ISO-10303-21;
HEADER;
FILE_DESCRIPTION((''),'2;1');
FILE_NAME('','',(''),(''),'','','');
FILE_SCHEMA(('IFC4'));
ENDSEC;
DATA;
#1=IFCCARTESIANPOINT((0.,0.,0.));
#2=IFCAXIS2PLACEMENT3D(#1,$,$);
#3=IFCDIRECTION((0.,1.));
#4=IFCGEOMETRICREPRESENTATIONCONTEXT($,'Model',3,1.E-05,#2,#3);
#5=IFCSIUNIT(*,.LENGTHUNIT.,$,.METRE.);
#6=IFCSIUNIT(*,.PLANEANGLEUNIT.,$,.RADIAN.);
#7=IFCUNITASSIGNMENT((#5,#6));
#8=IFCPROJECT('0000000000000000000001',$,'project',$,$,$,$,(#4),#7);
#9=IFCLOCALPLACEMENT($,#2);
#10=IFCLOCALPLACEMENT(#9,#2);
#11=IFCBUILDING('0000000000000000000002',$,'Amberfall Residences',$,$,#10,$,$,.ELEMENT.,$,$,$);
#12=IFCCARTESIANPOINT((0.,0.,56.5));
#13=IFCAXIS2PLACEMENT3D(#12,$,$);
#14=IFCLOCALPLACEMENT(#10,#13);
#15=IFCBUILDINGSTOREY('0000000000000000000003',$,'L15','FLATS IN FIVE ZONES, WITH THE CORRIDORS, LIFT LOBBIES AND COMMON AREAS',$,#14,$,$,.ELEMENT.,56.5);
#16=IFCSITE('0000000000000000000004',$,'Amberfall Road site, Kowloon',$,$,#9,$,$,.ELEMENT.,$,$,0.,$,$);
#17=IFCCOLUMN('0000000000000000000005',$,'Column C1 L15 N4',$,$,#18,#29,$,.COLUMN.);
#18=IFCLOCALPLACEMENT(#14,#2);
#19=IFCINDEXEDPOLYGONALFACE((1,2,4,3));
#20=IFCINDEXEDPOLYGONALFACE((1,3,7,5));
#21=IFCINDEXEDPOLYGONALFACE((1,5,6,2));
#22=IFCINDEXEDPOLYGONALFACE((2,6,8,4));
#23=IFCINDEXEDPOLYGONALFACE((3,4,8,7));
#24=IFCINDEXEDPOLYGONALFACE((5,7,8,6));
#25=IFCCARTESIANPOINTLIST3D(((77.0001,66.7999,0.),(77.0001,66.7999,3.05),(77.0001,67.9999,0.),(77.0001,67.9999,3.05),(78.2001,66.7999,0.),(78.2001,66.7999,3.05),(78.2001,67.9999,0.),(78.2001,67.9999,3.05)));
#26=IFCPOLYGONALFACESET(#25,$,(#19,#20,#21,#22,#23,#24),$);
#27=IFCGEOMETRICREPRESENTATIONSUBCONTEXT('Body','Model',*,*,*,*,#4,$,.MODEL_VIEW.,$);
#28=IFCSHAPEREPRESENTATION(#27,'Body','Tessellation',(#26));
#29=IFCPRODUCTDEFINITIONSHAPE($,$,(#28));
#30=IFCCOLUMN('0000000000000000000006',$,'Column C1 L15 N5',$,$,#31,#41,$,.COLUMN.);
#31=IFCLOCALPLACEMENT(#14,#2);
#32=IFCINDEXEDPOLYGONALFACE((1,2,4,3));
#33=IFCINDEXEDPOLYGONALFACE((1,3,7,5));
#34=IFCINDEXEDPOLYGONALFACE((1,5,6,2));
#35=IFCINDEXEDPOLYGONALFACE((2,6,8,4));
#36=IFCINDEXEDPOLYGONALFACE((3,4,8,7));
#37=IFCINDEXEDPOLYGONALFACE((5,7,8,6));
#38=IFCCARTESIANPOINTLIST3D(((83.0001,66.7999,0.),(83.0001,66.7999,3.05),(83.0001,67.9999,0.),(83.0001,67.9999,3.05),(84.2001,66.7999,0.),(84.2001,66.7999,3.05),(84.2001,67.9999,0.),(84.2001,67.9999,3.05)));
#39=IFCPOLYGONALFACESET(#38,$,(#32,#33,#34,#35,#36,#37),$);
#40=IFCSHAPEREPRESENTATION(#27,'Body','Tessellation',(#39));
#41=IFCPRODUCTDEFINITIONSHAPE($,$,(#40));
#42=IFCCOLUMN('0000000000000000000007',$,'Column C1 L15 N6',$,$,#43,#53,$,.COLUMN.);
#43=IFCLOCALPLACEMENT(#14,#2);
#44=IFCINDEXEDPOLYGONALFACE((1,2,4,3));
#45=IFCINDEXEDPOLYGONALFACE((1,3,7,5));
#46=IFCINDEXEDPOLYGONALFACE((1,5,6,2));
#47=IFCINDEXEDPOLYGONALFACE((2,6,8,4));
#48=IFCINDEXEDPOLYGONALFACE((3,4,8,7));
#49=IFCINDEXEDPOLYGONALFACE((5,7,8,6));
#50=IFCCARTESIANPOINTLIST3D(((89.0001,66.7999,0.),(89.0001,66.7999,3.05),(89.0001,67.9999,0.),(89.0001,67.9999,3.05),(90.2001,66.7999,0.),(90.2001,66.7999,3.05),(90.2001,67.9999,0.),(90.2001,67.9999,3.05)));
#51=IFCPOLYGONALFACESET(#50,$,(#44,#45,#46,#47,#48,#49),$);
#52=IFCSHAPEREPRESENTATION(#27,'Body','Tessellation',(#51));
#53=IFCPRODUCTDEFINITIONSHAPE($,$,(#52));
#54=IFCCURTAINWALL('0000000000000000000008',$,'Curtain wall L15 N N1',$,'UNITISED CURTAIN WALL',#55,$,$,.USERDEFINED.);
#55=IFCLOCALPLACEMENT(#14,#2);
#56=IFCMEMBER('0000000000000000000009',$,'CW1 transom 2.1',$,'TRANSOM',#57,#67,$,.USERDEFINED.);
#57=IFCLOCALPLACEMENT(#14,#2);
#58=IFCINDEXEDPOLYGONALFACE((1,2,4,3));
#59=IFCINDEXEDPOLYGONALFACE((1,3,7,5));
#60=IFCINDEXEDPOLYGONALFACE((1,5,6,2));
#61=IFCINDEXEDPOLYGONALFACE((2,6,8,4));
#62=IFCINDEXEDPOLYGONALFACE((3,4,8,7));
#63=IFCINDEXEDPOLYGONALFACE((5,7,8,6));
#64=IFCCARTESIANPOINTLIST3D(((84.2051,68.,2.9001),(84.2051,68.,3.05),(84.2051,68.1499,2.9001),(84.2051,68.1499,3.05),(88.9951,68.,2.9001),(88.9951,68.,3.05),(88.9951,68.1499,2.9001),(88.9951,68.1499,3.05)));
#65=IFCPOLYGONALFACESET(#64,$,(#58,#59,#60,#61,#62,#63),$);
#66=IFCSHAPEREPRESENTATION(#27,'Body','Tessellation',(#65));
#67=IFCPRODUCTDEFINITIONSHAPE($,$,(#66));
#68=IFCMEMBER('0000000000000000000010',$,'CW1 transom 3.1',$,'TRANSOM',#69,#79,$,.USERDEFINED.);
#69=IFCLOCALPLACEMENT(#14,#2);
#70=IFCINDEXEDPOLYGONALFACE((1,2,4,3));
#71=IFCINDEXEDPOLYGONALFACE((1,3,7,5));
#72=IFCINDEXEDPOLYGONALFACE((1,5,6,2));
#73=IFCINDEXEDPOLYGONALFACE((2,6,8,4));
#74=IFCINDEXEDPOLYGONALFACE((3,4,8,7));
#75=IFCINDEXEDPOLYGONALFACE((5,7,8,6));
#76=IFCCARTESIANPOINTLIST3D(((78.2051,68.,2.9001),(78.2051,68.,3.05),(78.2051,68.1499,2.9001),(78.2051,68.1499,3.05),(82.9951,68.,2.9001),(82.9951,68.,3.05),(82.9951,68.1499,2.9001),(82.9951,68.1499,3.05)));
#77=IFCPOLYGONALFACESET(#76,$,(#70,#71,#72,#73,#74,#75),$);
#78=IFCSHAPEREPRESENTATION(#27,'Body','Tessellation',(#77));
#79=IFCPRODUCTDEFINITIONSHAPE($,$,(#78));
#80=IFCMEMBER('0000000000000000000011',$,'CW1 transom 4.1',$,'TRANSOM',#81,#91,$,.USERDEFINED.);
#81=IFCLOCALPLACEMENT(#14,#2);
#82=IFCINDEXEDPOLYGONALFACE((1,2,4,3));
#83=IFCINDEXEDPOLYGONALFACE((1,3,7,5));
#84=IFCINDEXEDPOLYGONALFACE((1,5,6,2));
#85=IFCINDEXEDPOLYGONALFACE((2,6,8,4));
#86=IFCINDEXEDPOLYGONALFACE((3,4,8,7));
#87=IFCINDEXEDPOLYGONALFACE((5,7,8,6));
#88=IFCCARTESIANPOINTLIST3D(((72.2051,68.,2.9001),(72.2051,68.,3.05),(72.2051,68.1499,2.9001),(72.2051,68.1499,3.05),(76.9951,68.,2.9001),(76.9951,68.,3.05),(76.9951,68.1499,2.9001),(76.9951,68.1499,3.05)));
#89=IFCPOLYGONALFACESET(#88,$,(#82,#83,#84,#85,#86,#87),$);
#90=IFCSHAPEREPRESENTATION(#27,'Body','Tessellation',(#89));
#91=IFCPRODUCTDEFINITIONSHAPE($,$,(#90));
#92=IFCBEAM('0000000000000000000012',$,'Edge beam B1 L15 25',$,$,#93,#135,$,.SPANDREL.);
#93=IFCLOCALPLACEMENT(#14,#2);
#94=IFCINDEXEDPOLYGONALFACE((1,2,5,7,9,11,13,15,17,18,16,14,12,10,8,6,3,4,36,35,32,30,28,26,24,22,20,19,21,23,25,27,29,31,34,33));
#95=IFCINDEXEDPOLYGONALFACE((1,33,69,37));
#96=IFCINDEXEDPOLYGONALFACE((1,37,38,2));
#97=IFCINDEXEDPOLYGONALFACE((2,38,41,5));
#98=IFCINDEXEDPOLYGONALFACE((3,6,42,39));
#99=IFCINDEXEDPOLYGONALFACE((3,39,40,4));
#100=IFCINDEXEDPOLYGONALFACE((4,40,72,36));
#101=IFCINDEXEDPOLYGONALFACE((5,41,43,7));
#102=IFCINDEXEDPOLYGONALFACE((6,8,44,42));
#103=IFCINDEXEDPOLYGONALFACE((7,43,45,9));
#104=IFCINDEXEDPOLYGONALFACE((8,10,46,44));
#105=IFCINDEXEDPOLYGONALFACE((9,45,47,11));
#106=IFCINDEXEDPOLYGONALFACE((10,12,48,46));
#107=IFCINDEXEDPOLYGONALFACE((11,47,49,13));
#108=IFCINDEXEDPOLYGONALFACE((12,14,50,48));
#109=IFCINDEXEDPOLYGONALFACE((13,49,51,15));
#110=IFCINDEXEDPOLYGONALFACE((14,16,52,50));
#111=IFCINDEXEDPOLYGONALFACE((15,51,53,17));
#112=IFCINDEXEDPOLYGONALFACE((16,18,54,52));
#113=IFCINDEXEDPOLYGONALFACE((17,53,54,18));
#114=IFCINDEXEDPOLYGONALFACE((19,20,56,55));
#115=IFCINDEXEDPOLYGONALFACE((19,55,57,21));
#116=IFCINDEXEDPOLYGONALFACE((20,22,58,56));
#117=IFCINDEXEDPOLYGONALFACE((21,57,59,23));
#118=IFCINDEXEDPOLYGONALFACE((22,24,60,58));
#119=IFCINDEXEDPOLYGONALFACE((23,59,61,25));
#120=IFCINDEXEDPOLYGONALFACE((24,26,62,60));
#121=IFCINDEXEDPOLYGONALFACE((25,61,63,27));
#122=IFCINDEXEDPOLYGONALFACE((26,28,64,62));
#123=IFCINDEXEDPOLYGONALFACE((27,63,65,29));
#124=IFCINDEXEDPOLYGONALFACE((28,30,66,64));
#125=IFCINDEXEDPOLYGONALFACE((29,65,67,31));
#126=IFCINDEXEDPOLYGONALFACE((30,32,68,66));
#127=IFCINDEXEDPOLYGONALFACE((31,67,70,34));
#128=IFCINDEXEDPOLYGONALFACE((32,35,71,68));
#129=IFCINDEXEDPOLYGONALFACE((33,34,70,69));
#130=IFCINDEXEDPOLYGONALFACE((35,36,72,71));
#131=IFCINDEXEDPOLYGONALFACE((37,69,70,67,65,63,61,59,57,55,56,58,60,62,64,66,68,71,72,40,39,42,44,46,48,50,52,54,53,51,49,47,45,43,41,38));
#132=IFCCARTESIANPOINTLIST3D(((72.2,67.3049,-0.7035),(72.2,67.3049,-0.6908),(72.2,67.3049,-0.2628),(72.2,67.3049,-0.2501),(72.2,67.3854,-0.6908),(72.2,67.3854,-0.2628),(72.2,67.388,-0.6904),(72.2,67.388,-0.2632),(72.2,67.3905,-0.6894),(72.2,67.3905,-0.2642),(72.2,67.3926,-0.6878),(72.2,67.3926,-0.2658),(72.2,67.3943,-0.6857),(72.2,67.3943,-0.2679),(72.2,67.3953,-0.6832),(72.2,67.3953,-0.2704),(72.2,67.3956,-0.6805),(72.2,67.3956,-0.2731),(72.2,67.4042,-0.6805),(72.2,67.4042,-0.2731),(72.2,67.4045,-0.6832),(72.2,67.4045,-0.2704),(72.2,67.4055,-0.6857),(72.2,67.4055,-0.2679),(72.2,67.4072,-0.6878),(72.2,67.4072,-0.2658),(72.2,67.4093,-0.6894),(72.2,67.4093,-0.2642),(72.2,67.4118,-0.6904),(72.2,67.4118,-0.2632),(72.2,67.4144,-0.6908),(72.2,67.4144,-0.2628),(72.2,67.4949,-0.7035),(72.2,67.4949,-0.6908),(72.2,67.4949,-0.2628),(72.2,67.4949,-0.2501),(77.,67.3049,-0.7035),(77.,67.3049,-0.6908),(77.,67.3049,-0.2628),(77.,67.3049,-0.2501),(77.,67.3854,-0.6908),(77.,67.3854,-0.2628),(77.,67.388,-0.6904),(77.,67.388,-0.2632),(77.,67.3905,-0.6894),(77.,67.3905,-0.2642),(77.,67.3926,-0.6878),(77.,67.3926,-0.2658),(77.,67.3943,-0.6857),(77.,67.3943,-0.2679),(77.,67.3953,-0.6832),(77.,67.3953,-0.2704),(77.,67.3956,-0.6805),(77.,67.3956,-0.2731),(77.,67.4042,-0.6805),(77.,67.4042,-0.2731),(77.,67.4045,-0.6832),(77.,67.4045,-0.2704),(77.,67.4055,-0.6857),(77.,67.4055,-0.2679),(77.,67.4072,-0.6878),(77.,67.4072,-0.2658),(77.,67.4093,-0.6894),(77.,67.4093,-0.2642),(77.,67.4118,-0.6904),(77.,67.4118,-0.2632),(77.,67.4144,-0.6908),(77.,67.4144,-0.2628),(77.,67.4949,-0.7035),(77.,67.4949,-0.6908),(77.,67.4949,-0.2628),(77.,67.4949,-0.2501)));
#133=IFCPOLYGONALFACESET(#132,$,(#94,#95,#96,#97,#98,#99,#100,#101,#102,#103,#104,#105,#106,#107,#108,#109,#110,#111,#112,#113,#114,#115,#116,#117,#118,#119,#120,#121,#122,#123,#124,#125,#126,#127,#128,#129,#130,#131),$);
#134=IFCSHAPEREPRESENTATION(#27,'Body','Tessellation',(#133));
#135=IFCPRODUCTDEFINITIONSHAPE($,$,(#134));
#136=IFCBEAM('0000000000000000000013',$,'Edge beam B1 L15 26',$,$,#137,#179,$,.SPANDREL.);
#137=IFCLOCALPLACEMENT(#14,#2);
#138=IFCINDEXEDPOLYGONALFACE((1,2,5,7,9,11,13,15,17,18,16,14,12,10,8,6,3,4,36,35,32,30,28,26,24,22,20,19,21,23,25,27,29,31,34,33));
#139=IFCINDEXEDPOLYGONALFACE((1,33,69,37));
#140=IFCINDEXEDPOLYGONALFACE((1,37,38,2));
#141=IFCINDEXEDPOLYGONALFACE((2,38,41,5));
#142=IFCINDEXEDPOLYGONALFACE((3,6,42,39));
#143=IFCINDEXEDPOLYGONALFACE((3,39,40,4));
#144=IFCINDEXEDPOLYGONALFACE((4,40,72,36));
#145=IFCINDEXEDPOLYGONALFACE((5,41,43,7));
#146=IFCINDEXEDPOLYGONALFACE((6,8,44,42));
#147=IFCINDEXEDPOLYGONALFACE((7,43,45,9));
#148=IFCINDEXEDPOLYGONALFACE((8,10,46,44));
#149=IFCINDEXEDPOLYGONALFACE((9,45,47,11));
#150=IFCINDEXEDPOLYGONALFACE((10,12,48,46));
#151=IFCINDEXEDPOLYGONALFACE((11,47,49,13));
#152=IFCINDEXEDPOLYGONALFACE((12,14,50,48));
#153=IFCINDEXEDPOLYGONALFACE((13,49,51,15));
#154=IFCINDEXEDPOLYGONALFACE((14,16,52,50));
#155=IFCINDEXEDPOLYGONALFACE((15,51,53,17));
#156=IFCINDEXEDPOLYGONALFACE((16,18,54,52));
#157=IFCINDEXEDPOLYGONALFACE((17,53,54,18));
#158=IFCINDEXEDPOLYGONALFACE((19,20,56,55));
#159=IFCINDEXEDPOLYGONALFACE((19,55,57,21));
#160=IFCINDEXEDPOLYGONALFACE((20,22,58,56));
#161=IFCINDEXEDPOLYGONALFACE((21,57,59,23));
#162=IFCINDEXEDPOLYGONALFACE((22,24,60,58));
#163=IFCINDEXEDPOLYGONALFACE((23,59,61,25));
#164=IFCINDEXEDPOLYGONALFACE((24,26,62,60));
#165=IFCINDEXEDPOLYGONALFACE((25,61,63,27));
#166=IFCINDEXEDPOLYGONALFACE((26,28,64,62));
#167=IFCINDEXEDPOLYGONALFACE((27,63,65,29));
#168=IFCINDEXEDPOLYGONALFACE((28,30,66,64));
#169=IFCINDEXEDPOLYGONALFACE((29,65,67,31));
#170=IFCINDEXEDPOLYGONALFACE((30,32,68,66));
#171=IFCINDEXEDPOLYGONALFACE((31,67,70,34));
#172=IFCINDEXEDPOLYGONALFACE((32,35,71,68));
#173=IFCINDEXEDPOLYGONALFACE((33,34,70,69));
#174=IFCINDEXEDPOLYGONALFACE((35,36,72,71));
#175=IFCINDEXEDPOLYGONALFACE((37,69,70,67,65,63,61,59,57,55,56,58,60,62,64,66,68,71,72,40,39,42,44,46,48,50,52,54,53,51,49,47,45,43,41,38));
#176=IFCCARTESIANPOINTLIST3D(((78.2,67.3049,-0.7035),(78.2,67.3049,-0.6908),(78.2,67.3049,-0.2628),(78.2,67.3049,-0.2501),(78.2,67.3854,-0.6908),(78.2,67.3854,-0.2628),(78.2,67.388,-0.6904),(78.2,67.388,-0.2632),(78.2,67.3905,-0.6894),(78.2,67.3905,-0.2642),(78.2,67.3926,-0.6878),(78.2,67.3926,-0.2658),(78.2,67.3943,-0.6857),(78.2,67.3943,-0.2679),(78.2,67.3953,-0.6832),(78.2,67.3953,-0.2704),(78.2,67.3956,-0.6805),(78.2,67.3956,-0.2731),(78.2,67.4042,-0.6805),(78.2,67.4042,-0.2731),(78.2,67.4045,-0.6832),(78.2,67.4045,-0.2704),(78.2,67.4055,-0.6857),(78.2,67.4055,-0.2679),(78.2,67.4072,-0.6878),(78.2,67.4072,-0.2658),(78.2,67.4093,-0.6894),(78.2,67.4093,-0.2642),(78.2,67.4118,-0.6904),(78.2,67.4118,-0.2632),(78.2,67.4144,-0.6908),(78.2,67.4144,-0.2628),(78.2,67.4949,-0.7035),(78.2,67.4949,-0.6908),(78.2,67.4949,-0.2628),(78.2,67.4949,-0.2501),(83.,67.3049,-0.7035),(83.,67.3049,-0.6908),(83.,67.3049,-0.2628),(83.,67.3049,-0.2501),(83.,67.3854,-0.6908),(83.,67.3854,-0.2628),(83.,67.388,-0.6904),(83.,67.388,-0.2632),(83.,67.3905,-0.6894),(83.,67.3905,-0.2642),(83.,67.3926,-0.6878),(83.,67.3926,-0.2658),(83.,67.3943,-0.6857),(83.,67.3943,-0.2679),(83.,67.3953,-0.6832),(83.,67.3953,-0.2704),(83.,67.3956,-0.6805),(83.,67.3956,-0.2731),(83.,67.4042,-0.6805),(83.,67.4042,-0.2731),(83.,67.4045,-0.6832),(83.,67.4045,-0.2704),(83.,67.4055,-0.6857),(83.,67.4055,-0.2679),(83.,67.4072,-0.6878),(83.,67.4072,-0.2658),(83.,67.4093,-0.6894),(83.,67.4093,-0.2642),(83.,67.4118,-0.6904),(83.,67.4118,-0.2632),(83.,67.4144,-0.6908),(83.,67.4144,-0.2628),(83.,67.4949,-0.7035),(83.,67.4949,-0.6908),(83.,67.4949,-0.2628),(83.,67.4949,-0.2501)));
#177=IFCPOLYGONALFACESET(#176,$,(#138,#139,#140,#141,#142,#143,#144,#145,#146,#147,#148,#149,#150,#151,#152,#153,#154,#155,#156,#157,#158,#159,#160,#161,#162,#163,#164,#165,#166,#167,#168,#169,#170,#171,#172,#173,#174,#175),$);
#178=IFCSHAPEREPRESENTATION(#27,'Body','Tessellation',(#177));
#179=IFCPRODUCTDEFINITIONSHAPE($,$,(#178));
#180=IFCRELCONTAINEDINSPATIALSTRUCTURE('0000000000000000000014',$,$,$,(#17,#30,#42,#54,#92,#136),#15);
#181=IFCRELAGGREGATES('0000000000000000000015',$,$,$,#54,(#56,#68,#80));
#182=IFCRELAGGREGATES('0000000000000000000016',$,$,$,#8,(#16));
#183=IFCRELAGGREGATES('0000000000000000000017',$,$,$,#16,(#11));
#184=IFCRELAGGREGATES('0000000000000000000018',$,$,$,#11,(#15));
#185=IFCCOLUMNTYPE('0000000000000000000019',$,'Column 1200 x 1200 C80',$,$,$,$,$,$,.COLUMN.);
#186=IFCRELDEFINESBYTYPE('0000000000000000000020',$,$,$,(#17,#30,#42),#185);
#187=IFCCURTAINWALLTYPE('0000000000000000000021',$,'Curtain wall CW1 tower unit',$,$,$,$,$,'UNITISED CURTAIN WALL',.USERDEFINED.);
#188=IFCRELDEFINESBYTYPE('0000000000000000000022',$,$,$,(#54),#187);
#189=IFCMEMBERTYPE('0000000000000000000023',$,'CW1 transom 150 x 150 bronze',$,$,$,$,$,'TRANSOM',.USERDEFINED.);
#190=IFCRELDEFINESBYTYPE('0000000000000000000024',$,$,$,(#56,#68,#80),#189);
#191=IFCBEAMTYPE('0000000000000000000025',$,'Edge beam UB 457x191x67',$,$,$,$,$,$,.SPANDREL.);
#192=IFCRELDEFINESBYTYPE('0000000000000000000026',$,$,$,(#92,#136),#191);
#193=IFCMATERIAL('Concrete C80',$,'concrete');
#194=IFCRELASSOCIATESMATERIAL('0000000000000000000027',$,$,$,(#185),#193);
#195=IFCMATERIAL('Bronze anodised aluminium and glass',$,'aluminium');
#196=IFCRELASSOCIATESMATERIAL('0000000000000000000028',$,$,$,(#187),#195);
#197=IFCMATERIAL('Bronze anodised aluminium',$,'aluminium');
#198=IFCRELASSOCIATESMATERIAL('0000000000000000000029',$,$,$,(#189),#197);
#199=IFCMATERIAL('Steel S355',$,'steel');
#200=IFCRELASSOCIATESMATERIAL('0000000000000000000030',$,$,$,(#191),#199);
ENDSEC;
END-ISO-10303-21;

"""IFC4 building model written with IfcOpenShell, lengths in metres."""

from ifc_helpers import new_model, si_unit, direction, frame, origin, origin_2d, place, context, subcontext, project, spatial, rectangle, i_section, extrude, material, material_profile, profile_set, type_object, element, aggregate, save


model = new_model("IFC4")

# Units and contexts
model_context = context("Model", 3, precision=1e-05, world=origin(), true_north=direction((0.0, 1.0)))
body_context = subcontext(model_context, "Body", "Model", "MODEL_VIEW")
ifc_project = project(units=[si_unit("LENGTHUNIT", "METRE"), si_unit("PLANEANGLEUNIT", "RADIAN")], contexts=[model_context])

# Site, building, storey
site_placement = place(None, origin())
site = spatial("IfcSite", under=ifc_project, at=site_placement, Name="Amberfall Road site, Kowloon", CompositionType="ELEMENT", RefElevation=0.0)
building_placement = place(site_placement, origin())
building = spatial("IfcBuilding", under=site, at=building_placement, Name="Amberfall Residences", CompositionType="ELEMENT")
storey_placement = place(building_placement, frame((0.0, 0.0, 56.5)))
storey = spatial("IfcBuildingStorey", under=building, at=storey_placement, Name="L15", Description="FLATS IN FIVE ZONES, WITH THE CORRIDORS, LIFT LOBBIES AND COMMON AREAS", CompositionType="ELEMENT", Elevation=56.5)

# Columns
ifc_material_1 = material(Name="Concrete C80", Category="concrete")
ifc_material_profile_1 = material_profile(ifc_material_1, rectangle(XDim=1.2, YDim=1.2, at=origin_2d()), Name="Column 1200 x 1200 C80")
ifc_profile_set_1 = profile_set([ifc_material_profile_1], Name="Concrete C80")
column_type = type_object("IfcColumnType", Name="Column 1200 x 1200 C80", PredefinedType="COLUMN", material=ifc_profile_set_1)
for number, where, z_axis, x_axis, name in (
    (1, (77.6001, 67.3999, 0.0), (0.0, 0.0, 1.0), (1.0, 0.0, 0.0), "Column C1 L15 N4"),
    (2, (83.6001, 67.3999, 0.0), (0.0, 0.0, 1.0), (1.0, 0.0, 0.0), "Column C1 L15 N5"),
    (3, (89.6001, 67.3999, 0.0), (0.0, 0.0, 1.0), (1.0, 0.0, 0.0), "Column C1 L15 N6"),
):
    element("IfcColumn", number, at=place(storey_placement, frame(where, z_axis=z_axis, x_axis=x_axis)), inside=storey, type_object=column_type, Name=name, PredefinedType="COLUMN", context=body_context, shape_type="SweptSolid", body=[
        extrude(rectangle(XDim=1.2, YDim=1.2, at=origin_2d()), origin(), (0.0, 0.0, 1.0), 3.05),
    ])

# Curtain wall, members
ifc_material_2 = material(Name="Bronze anodised aluminium and glass", Category="aluminium")
curtain_wall_type = type_object("IfcCurtainWallType", Name="Curtain wall CW1 tower unit", ElementType="UNITISED CURTAIN WALL", PredefinedType="USERDEFINED", material=ifc_material_2)
curtain_wall_placement = place(storey_placement, origin())
curtain_wall = element("IfcCurtainWall", 4, at=curtain_wall_placement, inside=storey, type_object=curtain_wall_type, Name="Curtain wall L15 N N1", ObjectType="UNITISED CURTAIN WALL", PredefinedType="USERDEFINED")
ifc_material_3 = material(Name="Bronze anodised aluminium", Category="aluminium")
ifc_material_profile_2 = material_profile(ifc_material_3, rectangle(XDim=0.1499, YDim=0.1499, at=origin_2d()), Name="CW1 transom 150 x 150 bronze")
ifc_profile_set_2 = profile_set([ifc_material_profile_2], Name="Bronze anodised aluminium")
member_type_1 = type_object("IfcMemberType", Name="CW1 transom 150 x 150 bronze", ElementType="TRANSOM", PredefinedType="USERDEFINED", material=ifc_profile_set_2)
member_1_placement = place(storey_placement, frame((88.9951, 68.075, 2.9751), z_axis=(-1.0, 0.0, 0.0), x_axis=(0.0, -1.0, 0.0)))
member_1 = element("IfcMember", 5, at=member_1_placement, type_object=member_type_1, Name="CW1 transom 2.1", ObjectType="TRANSOM", PredefinedType="USERDEFINED", context=body_context, shape_type="SweptSolid", body=[
    extrude(rectangle(XDim=0.1499, YDim=0.1499, at=origin_2d()), origin(), (0.0, 0.0, 1.0), 4.79),
])
member_2_placement = place(storey_placement, frame((82.9951, 68.075, 2.9751), z_axis=(-1.0, 0.0, 0.0), x_axis=(0.0, -1.0, 0.0)))
member_2 = element("IfcMember", 6, at=member_2_placement, type_object=member_type_1, Name="CW1 transom 3.1", ObjectType="TRANSOM", PredefinedType="USERDEFINED", context=body_context, shape_type="SweptSolid", body=[
    extrude(rectangle(XDim=0.1499, YDim=0.1499, at=origin_2d()), origin(), (0.0, 0.0, 1.0), 4.79),
])
member_3_placement = place(storey_placement, frame((76.9951, 68.075, 2.9751), z_axis=(-1.0, 0.0, 0.0), x_axis=(0.0, -1.0, 0.0)))
member_3 = element("IfcMember", 7, at=member_3_placement, type_object=member_type_1, Name="CW1 transom 4.1", ObjectType="TRANSOM", PredefinedType="USERDEFINED", context=body_context, shape_type="SweptSolid", body=[
    extrude(rectangle(XDim=0.1499, YDim=0.1499, at=origin_2d()), origin(), (0.0, 0.0, 1.0), 4.79),
])

# Beams
ifc_material_4 = material(Name="Steel S355", Category="steel")
ifc_material_profile_3 = material_profile(ifc_material_4, i_section(OverallWidth=0.1899, OverallDepth=0.4534, WebThickness=0.0085, FlangeThickness=0.0127, FilletRadius=0.0103, at=origin_2d()), Name="UB 457x191x67")
ifc_profile_set_3 = profile_set([ifc_material_profile_3], Name="Steel S355")
beam_type_1 = type_object("IfcBeamType", Name="Edge beam UB 457x191x67", PredefinedType="SPANDREL", material=ifc_profile_set_3)
for number, where, z_axis, x_axis, name in (
    (8, (72.2, 67.3999, -0.4768), (1.0, 0.0, 0.0), (0.0, 1.0, 0.0), "Edge beam B1 L15 25"),
    (9, (78.2, 67.3999, -0.4768), (1.0, 0.0, 0.0), (0.0, 1.0, 0.0), "Edge beam B1 L15 26"),
):
    element("IfcBeam", number, at=place(storey_placement, frame(where, z_axis=z_axis, x_axis=x_axis)), inside=storey, type_object=beam_type_1, Name=name, PredefinedType="SPANDREL", context=body_context, shape_type="SweptSolid", body=[
        extrude(i_section(OverallWidth=0.1899, OverallDepth=0.4534, WebThickness=0.0085, FlangeThickness=0.0127, FilletRadius=0.0103, at=origin_2d()), origin(), (0.0, 0.0, 1.0), 4.8),
    ])

aggregate(curtain_wall, [member_1, member_2, member_3])

save(model, "model.ifc")
